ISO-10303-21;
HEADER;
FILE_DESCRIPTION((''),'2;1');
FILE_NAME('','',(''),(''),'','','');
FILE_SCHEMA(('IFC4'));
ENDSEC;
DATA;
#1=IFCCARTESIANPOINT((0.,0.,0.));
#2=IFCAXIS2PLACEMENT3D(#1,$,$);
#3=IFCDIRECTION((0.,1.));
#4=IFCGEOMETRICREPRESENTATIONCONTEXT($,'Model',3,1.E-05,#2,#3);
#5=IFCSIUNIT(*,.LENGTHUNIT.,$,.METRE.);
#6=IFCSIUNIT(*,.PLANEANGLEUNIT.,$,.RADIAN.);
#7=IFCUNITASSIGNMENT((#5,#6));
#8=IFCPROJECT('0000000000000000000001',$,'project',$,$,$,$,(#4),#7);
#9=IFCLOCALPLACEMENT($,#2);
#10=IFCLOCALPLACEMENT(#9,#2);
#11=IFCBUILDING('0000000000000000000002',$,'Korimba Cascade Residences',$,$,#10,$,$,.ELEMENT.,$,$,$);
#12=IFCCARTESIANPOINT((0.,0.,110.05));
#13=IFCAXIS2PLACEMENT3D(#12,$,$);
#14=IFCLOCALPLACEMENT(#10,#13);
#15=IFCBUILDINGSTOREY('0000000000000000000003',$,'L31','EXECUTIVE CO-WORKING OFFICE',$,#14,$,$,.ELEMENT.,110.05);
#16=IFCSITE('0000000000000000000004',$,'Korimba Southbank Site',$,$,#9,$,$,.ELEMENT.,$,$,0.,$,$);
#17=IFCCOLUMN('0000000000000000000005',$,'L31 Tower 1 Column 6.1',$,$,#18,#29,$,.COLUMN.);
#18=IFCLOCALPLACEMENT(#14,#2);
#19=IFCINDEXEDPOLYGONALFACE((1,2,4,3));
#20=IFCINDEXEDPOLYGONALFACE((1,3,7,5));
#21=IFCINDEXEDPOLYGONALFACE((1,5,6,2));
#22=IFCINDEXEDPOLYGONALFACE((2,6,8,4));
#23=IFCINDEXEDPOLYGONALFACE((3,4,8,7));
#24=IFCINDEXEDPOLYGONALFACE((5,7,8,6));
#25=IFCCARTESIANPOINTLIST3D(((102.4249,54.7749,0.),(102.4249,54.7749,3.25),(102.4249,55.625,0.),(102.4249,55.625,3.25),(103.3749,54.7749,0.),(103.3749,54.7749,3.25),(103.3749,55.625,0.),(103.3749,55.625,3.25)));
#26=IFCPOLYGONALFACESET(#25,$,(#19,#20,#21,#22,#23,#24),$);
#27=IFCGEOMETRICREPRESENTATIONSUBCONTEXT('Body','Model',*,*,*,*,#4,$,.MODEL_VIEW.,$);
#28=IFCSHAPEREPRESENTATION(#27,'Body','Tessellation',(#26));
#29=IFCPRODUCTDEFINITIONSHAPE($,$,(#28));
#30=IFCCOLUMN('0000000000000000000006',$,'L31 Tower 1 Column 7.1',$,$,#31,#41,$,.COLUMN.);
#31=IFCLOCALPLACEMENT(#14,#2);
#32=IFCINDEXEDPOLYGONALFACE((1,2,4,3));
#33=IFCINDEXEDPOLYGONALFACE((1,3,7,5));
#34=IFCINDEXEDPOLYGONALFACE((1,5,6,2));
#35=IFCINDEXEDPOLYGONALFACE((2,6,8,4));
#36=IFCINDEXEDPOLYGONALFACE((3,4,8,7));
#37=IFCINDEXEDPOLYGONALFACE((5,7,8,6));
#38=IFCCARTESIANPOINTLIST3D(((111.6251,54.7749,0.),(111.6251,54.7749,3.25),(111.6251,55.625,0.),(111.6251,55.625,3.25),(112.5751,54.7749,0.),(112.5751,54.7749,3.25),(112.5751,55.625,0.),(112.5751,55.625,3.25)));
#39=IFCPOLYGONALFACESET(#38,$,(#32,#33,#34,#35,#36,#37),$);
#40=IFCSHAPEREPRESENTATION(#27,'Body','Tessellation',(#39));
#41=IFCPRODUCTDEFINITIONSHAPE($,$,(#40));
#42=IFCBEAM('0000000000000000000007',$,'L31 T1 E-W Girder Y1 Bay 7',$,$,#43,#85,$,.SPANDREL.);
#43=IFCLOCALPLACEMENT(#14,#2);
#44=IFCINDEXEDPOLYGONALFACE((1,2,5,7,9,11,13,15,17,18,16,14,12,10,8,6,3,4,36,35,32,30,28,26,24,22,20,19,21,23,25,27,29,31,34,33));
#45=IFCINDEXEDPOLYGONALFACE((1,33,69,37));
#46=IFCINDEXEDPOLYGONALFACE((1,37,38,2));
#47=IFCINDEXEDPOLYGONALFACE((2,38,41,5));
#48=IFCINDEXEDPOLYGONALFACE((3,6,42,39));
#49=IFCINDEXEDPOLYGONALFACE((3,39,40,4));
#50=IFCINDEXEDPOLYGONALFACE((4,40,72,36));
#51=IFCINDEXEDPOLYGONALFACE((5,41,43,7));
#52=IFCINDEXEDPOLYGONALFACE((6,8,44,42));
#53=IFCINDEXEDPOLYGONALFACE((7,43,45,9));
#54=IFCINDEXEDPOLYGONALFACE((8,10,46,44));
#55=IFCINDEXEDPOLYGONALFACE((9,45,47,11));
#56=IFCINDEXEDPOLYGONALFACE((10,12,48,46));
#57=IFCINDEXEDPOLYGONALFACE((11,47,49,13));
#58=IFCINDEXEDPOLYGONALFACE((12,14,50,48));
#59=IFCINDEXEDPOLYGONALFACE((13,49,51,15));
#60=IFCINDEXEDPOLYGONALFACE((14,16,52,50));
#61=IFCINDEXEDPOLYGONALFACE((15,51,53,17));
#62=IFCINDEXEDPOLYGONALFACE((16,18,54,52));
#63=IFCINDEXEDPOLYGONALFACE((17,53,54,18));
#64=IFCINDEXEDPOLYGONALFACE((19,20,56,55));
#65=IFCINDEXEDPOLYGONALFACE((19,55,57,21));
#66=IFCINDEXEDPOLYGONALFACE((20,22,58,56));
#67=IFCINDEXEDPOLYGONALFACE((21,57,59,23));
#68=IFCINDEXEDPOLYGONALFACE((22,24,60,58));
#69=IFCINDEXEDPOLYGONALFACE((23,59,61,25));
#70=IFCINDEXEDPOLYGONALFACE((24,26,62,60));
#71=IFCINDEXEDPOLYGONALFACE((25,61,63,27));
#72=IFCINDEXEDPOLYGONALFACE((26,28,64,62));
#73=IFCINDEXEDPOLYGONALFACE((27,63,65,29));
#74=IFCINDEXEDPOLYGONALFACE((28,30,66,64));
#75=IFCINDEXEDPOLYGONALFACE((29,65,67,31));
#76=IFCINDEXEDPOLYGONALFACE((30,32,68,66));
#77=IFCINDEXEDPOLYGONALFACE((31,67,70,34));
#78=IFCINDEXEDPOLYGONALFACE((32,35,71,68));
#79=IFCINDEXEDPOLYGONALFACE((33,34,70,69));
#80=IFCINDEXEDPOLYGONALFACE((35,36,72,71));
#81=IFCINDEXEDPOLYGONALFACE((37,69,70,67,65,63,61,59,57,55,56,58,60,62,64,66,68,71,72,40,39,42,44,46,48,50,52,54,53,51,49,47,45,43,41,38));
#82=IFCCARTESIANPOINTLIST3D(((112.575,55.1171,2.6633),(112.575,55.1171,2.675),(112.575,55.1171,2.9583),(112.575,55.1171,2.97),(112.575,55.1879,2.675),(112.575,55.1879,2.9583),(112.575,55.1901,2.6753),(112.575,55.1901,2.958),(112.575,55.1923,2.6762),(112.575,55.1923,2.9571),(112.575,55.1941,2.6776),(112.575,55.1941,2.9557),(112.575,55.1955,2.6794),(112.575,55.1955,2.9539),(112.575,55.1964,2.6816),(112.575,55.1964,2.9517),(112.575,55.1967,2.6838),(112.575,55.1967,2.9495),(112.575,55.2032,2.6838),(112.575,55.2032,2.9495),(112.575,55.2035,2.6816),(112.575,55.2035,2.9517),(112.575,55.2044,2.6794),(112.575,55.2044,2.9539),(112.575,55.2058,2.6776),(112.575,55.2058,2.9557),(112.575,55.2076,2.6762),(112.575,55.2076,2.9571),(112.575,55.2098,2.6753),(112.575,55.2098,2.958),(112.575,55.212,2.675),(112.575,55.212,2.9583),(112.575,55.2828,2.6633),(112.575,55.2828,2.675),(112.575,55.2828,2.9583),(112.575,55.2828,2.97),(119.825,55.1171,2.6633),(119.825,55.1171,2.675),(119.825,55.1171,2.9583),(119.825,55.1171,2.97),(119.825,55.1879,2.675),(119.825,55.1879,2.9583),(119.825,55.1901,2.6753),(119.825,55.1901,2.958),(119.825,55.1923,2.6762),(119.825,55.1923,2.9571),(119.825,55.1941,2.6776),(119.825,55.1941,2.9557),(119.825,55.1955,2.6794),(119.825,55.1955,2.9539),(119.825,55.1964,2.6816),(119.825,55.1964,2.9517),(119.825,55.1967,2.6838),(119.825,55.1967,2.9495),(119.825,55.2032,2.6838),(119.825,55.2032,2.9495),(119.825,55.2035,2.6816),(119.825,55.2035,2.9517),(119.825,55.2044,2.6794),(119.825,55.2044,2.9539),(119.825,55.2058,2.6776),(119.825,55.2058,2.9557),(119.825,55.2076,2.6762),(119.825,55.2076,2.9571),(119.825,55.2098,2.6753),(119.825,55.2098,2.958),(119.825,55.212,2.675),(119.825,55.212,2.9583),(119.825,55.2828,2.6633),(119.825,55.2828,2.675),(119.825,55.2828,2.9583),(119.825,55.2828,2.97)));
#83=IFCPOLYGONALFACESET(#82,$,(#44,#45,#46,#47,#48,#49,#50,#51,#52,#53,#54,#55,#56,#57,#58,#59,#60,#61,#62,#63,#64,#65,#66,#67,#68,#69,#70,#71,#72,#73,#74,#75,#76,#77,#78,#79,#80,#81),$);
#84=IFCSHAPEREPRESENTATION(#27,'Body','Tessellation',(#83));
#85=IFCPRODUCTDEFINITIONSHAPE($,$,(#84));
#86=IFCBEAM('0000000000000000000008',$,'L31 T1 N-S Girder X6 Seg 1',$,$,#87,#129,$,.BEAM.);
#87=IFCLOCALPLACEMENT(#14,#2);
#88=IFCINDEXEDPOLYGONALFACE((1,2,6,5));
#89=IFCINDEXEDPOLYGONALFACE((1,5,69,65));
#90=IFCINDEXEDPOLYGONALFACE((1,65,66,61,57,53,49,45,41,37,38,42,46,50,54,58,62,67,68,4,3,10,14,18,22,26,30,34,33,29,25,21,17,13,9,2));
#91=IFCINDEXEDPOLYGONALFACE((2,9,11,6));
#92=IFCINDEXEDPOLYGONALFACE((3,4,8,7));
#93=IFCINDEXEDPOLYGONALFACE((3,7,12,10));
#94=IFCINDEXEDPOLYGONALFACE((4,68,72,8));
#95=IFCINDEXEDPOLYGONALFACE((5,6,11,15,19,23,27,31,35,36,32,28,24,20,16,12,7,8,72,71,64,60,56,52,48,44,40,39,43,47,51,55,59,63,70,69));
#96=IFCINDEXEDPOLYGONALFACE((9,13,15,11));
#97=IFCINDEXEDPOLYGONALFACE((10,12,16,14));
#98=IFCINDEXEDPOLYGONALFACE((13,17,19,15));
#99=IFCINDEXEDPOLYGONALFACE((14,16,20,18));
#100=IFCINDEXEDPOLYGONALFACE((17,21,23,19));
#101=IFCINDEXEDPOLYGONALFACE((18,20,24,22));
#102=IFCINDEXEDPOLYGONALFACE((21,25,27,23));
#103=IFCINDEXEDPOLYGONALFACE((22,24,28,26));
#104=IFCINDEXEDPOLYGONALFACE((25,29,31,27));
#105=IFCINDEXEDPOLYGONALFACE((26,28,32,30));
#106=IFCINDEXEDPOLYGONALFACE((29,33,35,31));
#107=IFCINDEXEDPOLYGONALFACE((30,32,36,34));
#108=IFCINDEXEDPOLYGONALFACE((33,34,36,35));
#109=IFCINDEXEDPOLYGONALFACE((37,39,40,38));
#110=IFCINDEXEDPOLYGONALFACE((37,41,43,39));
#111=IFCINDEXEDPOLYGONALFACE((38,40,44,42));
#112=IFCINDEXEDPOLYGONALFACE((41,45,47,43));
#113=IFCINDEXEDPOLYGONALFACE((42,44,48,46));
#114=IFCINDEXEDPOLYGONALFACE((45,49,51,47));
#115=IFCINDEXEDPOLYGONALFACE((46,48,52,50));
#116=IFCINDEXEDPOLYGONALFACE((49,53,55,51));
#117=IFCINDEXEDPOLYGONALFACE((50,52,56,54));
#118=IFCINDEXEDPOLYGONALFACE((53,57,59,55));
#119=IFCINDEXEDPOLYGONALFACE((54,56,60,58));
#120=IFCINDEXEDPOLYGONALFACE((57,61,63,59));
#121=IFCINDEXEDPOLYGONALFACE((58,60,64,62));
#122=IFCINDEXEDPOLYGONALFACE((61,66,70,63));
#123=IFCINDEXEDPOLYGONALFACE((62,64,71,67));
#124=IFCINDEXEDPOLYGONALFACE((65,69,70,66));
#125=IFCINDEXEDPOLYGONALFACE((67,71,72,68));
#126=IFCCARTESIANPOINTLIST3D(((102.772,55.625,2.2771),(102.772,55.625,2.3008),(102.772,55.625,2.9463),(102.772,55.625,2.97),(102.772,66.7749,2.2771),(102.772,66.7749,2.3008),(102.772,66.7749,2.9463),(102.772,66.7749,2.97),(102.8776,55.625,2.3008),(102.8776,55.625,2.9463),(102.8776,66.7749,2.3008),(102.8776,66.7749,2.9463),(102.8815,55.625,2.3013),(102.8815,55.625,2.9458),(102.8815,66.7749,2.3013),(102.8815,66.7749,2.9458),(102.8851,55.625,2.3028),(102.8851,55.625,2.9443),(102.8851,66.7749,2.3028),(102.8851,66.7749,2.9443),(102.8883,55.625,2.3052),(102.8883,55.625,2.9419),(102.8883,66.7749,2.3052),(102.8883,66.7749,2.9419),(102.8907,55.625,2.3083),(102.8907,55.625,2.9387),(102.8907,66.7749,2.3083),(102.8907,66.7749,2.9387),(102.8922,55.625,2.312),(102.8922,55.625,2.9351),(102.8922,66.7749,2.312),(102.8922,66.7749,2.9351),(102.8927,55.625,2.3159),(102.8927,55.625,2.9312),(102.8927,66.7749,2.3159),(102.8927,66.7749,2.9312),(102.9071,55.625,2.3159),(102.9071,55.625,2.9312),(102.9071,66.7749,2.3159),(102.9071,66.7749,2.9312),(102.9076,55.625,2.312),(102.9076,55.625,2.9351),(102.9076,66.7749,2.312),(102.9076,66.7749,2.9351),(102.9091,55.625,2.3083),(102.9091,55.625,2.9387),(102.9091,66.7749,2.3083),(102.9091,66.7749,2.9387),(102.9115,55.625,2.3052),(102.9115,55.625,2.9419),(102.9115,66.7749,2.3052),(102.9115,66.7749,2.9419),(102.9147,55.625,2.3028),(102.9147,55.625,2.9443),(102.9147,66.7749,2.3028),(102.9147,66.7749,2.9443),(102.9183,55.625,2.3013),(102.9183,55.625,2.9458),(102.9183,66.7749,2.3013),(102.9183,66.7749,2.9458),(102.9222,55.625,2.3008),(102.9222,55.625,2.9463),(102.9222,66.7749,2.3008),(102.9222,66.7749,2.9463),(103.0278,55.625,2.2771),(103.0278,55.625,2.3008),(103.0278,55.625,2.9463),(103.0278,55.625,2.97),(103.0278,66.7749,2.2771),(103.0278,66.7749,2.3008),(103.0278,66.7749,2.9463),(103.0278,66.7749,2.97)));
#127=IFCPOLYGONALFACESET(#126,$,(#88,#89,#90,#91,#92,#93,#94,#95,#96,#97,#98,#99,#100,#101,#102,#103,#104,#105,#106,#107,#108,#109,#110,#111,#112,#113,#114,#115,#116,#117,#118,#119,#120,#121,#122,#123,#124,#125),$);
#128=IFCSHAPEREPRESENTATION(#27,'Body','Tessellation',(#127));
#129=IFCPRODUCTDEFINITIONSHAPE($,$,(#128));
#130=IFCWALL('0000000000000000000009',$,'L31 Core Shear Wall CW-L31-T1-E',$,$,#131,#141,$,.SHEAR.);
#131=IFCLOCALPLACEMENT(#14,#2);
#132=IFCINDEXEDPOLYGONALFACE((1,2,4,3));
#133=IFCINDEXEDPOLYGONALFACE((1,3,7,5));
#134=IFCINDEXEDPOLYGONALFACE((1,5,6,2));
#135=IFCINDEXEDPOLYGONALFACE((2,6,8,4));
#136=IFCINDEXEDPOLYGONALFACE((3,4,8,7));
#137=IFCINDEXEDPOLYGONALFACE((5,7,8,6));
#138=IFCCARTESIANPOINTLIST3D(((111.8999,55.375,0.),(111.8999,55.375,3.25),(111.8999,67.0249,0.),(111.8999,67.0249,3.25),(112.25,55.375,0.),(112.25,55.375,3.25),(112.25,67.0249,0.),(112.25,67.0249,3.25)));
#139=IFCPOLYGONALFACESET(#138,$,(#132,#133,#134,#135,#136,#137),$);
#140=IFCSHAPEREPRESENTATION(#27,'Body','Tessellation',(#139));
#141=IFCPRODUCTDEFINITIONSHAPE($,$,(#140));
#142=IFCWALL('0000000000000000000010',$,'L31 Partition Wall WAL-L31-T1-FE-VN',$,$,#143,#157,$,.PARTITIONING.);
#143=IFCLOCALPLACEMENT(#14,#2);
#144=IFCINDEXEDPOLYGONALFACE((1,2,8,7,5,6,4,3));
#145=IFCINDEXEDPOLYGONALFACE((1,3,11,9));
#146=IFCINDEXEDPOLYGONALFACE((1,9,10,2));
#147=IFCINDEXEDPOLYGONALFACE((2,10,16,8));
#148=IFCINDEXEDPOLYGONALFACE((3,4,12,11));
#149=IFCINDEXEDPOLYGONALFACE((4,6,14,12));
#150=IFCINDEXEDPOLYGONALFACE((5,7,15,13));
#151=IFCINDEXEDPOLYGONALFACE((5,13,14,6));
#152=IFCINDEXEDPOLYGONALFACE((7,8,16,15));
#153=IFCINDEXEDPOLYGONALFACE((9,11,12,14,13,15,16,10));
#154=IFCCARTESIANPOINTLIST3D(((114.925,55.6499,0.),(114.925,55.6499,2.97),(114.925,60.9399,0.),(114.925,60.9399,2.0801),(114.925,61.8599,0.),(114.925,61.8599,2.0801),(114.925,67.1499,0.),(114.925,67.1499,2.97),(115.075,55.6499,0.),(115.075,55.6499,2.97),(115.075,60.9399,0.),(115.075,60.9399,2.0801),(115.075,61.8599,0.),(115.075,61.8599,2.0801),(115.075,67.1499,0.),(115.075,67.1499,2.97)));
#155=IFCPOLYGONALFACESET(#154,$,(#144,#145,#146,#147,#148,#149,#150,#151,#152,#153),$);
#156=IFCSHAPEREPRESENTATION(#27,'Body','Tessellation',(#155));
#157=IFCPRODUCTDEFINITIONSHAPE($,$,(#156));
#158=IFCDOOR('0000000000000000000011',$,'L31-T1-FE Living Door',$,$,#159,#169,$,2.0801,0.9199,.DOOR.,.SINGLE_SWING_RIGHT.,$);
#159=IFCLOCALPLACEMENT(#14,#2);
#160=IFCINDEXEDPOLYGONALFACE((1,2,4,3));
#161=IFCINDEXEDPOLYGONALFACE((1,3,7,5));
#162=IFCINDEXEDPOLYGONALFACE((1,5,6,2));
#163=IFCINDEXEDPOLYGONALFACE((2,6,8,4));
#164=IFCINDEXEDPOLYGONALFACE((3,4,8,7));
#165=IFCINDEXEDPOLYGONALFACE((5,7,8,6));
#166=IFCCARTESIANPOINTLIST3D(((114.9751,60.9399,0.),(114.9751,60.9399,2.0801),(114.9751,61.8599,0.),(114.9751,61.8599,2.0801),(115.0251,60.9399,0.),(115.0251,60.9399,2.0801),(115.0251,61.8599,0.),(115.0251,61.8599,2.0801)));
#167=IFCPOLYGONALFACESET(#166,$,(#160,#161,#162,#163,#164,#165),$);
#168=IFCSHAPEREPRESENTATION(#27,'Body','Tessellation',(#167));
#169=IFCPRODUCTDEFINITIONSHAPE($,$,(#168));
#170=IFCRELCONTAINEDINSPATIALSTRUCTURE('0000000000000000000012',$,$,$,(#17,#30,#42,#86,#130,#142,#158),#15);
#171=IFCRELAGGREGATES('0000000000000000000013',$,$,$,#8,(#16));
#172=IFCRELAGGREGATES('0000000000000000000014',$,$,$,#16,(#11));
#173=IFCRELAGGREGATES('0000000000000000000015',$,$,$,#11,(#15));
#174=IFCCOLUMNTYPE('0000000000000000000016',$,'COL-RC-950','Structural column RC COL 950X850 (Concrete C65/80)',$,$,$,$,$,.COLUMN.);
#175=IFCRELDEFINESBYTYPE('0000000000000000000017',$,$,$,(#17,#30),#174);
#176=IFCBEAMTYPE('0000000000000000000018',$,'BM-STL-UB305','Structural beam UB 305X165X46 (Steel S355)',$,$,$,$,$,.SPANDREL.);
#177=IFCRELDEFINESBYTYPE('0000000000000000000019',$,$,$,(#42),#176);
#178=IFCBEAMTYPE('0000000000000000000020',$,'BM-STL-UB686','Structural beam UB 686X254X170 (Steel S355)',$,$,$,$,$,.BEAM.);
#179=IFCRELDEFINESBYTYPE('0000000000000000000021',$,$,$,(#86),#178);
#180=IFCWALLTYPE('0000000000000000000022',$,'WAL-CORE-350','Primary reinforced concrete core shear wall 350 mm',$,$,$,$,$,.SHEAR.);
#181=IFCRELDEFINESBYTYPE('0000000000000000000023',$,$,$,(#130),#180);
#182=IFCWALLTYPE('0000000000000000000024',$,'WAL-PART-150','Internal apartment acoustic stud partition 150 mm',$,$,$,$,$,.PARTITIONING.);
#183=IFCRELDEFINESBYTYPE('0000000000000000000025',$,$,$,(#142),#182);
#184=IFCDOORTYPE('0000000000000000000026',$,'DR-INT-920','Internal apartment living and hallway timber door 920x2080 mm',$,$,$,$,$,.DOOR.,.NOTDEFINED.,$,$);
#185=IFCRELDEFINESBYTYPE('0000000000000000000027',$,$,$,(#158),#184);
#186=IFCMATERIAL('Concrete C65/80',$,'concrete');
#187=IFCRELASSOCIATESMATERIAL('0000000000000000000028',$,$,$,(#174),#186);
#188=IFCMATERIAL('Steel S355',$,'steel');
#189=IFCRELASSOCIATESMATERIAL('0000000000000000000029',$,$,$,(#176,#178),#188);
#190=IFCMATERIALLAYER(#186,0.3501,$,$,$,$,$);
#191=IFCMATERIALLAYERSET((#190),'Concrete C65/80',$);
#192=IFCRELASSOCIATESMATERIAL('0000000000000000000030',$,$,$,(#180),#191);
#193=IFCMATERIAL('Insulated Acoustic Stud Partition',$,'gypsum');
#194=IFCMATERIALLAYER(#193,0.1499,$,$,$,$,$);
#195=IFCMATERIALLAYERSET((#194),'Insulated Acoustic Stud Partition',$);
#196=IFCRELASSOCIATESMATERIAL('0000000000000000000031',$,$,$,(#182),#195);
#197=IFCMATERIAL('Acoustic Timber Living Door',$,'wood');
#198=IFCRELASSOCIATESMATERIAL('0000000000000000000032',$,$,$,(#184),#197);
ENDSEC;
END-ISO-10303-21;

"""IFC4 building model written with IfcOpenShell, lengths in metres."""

from ifc_helpers import new_model, si_unit, direction, frame, frame_2d, origin, origin_2d, place, context, subcontext, project, spatial, rectangle, i_section, extrude, material, layer, layer_set, material_profile, profile_set, type_object, element, fill, save


model = new_model("IFC4")

# Units and contexts
model_context = context("Model", 3, precision=1e-05, world=origin(), true_north=direction((0.0, 1.0)))
body_context = subcontext(model_context, "Body", "Model", "MODEL_VIEW")
ifc_project = project(units=[si_unit("LENGTHUNIT", "METRE"), si_unit("PLANEANGLEUNIT", "RADIAN")], contexts=[model_context])

# Site, building, storey
site_placement = place(None, origin())
site = spatial("IfcSite", under=ifc_project, at=site_placement, Name="Korimba Southbank Site", CompositionType="ELEMENT", RefElevation=0.0)
building_placement = place(site_placement, origin())
building = spatial("IfcBuilding", under=site, at=building_placement, Name="Korimba Cascade Residences", CompositionType="ELEMENT")
storey_placement = place(building_placement, frame((0.0, 0.0, 110.05)))
storey = spatial("IfcBuildingStorey", under=building, at=storey_placement, Name="L31", Description="EXECUTIVE CO-WORKING OFFICE", CompositionType="ELEMENT", Elevation=110.05)

# Columns
ifc_material_1 = material(Name="Concrete C65/80", Category="concrete")
ifc_material_profile_1 = material_profile(ifc_material_1, rectangle(XDim=0.95, YDim=0.8501, at=origin_2d()), Name="Concrete C65/80")
ifc_profile_set_1 = profile_set([ifc_material_profile_1], Name="Concrete C65/80")
column_type = type_object("IfcColumnType", Name="COL-RC-950", Description="Structural column RC COL 950X850 (Concrete C65/80)", PredefinedType="COLUMN", material=ifc_profile_set_1)
for number, where, z_axis, x_axis, name in (
    (1, (102.8999, 55.2, 0.0), (0.0, 0.0, 1.0), (1.0, 0.0, 0.0), "L31 Tower 1 Column 6.1"),
    (2, (112.1001, 55.2, 0.0), (0.0, 0.0, 1.0), (1.0, 0.0, 0.0), "L31 Tower 1 Column 7.1"),
):
    element("IfcColumn", number, at=place(storey_placement, frame(where, z_axis=z_axis, x_axis=x_axis)), inside=storey, type_object=column_type, Name=name, PredefinedType="COLUMN", context=body_context, shape_type="SweptSolid", body=[
        extrude(rectangle(XDim=0.95, YDim=0.8501, at=origin_2d()), origin(), (0.0, 0.0, 1.0), 3.25),
    ])

# Beams
ifc_material_2 = material(Name="Steel S355", Category="steel")
ifc_material_profile_2 = material_profile(ifc_material_2, i_section(OverallWidth=0.1658, OverallDepth=0.3066, WebThickness=0.0066, FlangeThickness=0.0117, FilletRadius=0.0088, at=origin_2d()), Name="Steel S355")
ifc_profile_set_2 = profile_set([ifc_material_profile_2], Name="Steel S355")
beam_type_1 = type_object("IfcBeamType", Name="BM-STL-UB305", Description="Structural beam UB 305X165X46 (Steel S355)", PredefinedType="SPANDREL", material=ifc_profile_set_2)
beam_1_placement = place(storey_placement, frame((112.575, 55.2, 2.8167), z_axis=(1.0, 0.0, 0.0), x_axis=(0.0, 1.0, 0.0)))
element("IfcBeam", 3, at=beam_1_placement, inside=storey, type_object=beam_type_1, Name="L31 T1 E-W Girder Y1 Bay 7", PredefinedType="SPANDREL", context=body_context, shape_type="SweptSolid", body=[
    extrude(i_section(OverallWidth=0.1658, OverallDepth=0.3066, WebThickness=0.0066, FlangeThickness=0.0117, FilletRadius=0.0088, at=origin_2d()), origin(), (0.0, 0.0, 1.0), 7.25),
])
ifc_material_profile_3 = material_profile(ifc_material_2, i_section(OverallWidth=0.2559, OverallDepth=0.6929, WebThickness=0.0144, FlangeThickness=0.0237, FilletRadius=0.0151, at=origin_2d()), Name="Steel S355")
ifc_profile_set_3 = profile_set([ifc_material_profile_3], Name="Steel S355")
beam_type_2 = type_object("IfcBeamType", Name="BM-STL-UB686", Description="Structural beam UB 686X254X170 (Steel S355)", PredefinedType="BEAM", material=ifc_profile_set_3)
beam_2_placement = place(storey_placement, frame((102.8999, 55.625, 2.6235), z_axis=(0.0, 1.0, 0.0), x_axis=(-1.0, 0.0, 0.0)))
element("IfcBeam", 4, at=beam_2_placement, inside=storey, type_object=beam_type_2, Name="L31 T1 N-S Girder X6 Seg 1", PredefinedType="BEAM", context=body_context, shape_type="SweptSolid", body=[
    extrude(i_section(OverallWidth=0.2559, OverallDepth=0.6929, WebThickness=0.0144, FlangeThickness=0.0237, FilletRadius=0.0151, at=origin_2d()), origin(), (0.0, 0.0, 1.0), 11.1499),
])

# Wall
ifc_layer_1 = layer(ifc_material_1, 0.3501)
ifc_layer_set_1 = layer_set([ifc_layer_1], Name="Concrete C65/80")
wall_type_1 = type_object("IfcWallType", Name="WAL-CORE-350", Description="Primary reinforced concrete core shear wall 350 mm", PredefinedType="SHEAR", material=ifc_layer_set_1)
wall_1_placement = place(storey_placement, frame((112.075, 55.375, 0.0), z_axis=(0.0, 0.0, 1.0), x_axis=(0.0, 1.0, 0.0)))
element("IfcWall", 5, at=wall_1_placement, inside=storey, type_object=wall_type_1, Name="L31 Core Shear Wall CW-L31-T1-E", PredefinedType="SHEAR", context=body_context, shape_type="SweptSolid", body=[
    extrude(rectangle(XDim=11.6499, YDim=0.3501, at=frame_2d((5.825, 0.0))), origin(), (0.0, 0.0, 1.0), 3.25),
])

# Wall, opening, door
ifc_material_3 = material(Name="Insulated Acoustic Stud Partition", Category="gypsum")
ifc_layer_2 = layer(ifc_material_3, 0.1499)
ifc_layer_set_2 = layer_set([ifc_layer_2], Name="Insulated Acoustic Stud Partition")
wall_type_2 = type_object("IfcWallType", Name="WAL-PART-150", Description="Internal apartment acoustic stud partition 150 mm", PredefinedType="PARTITIONING", material=ifc_layer_set_2)
wall_2_placement = place(storey_placement, frame((115.0, 55.6499, 0.0), z_axis=(0.0, 0.0, 1.0), x_axis=(0.0, 1.0, 0.0)))
wall_2 = element("IfcWall", 6, at=wall_2_placement, inside=storey, type_object=wall_type_2, Name="L31 Partition Wall WAL-L31-T1-FE-VN", PredefinedType="PARTITIONING", context=body_context, shape_type="SweptSolid", body=[
    extrude(rectangle(XDim=11.5, YDim=0.1499, at=frame_2d((5.75, 0.0))), origin(), (0.0, 0.0, 1.0), 2.97),
])
opening_1_placement = place(wall_2_placement, frame((5.29, 0.0, 0.0)))
opening_1 = element("IfcOpeningElement", 7, at=opening_1_placement, cuts=wall_2, PredefinedType="OPENING", context=body_context, shape_type="SweptSolid", body=[
    extrude(rectangle(XDim=0.9199, YDim=2.0801, at=frame_2d((0.46, 1.04))), frame((0.0, 0.085, 0.0), z_axis=(0.0, -1.0, 0.0), x_axis=(1.0, 0.0, 0.0)), (0.0, 0.0, 1.0), 0.1699),
])
ifc_material_4 = material(Name="Acoustic Timber Living Door", Category="wood")
door_type_1 = type_object("IfcDoorType", Name="DR-INT-920", Description="Internal apartment living and hallway timber door 920x2080 mm", OperationType="NOTDEFINED", PredefinedType="DOOR", material=ifc_material_4)
door_1_placement = place(opening_1_placement, origin())
door_1 = element("IfcDoor", 8, at=door_1_placement, inside=storey, type_object=door_type_1, Name="L31-T1-FE Living Door", OperationType="SINGLE_SWING_RIGHT", OverallHeight=2.0801, OverallWidth=0.9199, PredefinedType="DOOR", context=body_context, shape_type="SweptSolid", body=[
    extrude(rectangle(XDim=0.9199, YDim=2.0801, at=frame_2d((0.46, 1.04))), frame((0.0, 0.0249, 0.0), z_axis=(0.0, -1.0, 0.0), x_axis=(1.0, 0.0, 0.0)), (0.0, 0.0, 1.0), 0.05),
])
fill(opening_1, door_1)

save(model, "model.ifc")
